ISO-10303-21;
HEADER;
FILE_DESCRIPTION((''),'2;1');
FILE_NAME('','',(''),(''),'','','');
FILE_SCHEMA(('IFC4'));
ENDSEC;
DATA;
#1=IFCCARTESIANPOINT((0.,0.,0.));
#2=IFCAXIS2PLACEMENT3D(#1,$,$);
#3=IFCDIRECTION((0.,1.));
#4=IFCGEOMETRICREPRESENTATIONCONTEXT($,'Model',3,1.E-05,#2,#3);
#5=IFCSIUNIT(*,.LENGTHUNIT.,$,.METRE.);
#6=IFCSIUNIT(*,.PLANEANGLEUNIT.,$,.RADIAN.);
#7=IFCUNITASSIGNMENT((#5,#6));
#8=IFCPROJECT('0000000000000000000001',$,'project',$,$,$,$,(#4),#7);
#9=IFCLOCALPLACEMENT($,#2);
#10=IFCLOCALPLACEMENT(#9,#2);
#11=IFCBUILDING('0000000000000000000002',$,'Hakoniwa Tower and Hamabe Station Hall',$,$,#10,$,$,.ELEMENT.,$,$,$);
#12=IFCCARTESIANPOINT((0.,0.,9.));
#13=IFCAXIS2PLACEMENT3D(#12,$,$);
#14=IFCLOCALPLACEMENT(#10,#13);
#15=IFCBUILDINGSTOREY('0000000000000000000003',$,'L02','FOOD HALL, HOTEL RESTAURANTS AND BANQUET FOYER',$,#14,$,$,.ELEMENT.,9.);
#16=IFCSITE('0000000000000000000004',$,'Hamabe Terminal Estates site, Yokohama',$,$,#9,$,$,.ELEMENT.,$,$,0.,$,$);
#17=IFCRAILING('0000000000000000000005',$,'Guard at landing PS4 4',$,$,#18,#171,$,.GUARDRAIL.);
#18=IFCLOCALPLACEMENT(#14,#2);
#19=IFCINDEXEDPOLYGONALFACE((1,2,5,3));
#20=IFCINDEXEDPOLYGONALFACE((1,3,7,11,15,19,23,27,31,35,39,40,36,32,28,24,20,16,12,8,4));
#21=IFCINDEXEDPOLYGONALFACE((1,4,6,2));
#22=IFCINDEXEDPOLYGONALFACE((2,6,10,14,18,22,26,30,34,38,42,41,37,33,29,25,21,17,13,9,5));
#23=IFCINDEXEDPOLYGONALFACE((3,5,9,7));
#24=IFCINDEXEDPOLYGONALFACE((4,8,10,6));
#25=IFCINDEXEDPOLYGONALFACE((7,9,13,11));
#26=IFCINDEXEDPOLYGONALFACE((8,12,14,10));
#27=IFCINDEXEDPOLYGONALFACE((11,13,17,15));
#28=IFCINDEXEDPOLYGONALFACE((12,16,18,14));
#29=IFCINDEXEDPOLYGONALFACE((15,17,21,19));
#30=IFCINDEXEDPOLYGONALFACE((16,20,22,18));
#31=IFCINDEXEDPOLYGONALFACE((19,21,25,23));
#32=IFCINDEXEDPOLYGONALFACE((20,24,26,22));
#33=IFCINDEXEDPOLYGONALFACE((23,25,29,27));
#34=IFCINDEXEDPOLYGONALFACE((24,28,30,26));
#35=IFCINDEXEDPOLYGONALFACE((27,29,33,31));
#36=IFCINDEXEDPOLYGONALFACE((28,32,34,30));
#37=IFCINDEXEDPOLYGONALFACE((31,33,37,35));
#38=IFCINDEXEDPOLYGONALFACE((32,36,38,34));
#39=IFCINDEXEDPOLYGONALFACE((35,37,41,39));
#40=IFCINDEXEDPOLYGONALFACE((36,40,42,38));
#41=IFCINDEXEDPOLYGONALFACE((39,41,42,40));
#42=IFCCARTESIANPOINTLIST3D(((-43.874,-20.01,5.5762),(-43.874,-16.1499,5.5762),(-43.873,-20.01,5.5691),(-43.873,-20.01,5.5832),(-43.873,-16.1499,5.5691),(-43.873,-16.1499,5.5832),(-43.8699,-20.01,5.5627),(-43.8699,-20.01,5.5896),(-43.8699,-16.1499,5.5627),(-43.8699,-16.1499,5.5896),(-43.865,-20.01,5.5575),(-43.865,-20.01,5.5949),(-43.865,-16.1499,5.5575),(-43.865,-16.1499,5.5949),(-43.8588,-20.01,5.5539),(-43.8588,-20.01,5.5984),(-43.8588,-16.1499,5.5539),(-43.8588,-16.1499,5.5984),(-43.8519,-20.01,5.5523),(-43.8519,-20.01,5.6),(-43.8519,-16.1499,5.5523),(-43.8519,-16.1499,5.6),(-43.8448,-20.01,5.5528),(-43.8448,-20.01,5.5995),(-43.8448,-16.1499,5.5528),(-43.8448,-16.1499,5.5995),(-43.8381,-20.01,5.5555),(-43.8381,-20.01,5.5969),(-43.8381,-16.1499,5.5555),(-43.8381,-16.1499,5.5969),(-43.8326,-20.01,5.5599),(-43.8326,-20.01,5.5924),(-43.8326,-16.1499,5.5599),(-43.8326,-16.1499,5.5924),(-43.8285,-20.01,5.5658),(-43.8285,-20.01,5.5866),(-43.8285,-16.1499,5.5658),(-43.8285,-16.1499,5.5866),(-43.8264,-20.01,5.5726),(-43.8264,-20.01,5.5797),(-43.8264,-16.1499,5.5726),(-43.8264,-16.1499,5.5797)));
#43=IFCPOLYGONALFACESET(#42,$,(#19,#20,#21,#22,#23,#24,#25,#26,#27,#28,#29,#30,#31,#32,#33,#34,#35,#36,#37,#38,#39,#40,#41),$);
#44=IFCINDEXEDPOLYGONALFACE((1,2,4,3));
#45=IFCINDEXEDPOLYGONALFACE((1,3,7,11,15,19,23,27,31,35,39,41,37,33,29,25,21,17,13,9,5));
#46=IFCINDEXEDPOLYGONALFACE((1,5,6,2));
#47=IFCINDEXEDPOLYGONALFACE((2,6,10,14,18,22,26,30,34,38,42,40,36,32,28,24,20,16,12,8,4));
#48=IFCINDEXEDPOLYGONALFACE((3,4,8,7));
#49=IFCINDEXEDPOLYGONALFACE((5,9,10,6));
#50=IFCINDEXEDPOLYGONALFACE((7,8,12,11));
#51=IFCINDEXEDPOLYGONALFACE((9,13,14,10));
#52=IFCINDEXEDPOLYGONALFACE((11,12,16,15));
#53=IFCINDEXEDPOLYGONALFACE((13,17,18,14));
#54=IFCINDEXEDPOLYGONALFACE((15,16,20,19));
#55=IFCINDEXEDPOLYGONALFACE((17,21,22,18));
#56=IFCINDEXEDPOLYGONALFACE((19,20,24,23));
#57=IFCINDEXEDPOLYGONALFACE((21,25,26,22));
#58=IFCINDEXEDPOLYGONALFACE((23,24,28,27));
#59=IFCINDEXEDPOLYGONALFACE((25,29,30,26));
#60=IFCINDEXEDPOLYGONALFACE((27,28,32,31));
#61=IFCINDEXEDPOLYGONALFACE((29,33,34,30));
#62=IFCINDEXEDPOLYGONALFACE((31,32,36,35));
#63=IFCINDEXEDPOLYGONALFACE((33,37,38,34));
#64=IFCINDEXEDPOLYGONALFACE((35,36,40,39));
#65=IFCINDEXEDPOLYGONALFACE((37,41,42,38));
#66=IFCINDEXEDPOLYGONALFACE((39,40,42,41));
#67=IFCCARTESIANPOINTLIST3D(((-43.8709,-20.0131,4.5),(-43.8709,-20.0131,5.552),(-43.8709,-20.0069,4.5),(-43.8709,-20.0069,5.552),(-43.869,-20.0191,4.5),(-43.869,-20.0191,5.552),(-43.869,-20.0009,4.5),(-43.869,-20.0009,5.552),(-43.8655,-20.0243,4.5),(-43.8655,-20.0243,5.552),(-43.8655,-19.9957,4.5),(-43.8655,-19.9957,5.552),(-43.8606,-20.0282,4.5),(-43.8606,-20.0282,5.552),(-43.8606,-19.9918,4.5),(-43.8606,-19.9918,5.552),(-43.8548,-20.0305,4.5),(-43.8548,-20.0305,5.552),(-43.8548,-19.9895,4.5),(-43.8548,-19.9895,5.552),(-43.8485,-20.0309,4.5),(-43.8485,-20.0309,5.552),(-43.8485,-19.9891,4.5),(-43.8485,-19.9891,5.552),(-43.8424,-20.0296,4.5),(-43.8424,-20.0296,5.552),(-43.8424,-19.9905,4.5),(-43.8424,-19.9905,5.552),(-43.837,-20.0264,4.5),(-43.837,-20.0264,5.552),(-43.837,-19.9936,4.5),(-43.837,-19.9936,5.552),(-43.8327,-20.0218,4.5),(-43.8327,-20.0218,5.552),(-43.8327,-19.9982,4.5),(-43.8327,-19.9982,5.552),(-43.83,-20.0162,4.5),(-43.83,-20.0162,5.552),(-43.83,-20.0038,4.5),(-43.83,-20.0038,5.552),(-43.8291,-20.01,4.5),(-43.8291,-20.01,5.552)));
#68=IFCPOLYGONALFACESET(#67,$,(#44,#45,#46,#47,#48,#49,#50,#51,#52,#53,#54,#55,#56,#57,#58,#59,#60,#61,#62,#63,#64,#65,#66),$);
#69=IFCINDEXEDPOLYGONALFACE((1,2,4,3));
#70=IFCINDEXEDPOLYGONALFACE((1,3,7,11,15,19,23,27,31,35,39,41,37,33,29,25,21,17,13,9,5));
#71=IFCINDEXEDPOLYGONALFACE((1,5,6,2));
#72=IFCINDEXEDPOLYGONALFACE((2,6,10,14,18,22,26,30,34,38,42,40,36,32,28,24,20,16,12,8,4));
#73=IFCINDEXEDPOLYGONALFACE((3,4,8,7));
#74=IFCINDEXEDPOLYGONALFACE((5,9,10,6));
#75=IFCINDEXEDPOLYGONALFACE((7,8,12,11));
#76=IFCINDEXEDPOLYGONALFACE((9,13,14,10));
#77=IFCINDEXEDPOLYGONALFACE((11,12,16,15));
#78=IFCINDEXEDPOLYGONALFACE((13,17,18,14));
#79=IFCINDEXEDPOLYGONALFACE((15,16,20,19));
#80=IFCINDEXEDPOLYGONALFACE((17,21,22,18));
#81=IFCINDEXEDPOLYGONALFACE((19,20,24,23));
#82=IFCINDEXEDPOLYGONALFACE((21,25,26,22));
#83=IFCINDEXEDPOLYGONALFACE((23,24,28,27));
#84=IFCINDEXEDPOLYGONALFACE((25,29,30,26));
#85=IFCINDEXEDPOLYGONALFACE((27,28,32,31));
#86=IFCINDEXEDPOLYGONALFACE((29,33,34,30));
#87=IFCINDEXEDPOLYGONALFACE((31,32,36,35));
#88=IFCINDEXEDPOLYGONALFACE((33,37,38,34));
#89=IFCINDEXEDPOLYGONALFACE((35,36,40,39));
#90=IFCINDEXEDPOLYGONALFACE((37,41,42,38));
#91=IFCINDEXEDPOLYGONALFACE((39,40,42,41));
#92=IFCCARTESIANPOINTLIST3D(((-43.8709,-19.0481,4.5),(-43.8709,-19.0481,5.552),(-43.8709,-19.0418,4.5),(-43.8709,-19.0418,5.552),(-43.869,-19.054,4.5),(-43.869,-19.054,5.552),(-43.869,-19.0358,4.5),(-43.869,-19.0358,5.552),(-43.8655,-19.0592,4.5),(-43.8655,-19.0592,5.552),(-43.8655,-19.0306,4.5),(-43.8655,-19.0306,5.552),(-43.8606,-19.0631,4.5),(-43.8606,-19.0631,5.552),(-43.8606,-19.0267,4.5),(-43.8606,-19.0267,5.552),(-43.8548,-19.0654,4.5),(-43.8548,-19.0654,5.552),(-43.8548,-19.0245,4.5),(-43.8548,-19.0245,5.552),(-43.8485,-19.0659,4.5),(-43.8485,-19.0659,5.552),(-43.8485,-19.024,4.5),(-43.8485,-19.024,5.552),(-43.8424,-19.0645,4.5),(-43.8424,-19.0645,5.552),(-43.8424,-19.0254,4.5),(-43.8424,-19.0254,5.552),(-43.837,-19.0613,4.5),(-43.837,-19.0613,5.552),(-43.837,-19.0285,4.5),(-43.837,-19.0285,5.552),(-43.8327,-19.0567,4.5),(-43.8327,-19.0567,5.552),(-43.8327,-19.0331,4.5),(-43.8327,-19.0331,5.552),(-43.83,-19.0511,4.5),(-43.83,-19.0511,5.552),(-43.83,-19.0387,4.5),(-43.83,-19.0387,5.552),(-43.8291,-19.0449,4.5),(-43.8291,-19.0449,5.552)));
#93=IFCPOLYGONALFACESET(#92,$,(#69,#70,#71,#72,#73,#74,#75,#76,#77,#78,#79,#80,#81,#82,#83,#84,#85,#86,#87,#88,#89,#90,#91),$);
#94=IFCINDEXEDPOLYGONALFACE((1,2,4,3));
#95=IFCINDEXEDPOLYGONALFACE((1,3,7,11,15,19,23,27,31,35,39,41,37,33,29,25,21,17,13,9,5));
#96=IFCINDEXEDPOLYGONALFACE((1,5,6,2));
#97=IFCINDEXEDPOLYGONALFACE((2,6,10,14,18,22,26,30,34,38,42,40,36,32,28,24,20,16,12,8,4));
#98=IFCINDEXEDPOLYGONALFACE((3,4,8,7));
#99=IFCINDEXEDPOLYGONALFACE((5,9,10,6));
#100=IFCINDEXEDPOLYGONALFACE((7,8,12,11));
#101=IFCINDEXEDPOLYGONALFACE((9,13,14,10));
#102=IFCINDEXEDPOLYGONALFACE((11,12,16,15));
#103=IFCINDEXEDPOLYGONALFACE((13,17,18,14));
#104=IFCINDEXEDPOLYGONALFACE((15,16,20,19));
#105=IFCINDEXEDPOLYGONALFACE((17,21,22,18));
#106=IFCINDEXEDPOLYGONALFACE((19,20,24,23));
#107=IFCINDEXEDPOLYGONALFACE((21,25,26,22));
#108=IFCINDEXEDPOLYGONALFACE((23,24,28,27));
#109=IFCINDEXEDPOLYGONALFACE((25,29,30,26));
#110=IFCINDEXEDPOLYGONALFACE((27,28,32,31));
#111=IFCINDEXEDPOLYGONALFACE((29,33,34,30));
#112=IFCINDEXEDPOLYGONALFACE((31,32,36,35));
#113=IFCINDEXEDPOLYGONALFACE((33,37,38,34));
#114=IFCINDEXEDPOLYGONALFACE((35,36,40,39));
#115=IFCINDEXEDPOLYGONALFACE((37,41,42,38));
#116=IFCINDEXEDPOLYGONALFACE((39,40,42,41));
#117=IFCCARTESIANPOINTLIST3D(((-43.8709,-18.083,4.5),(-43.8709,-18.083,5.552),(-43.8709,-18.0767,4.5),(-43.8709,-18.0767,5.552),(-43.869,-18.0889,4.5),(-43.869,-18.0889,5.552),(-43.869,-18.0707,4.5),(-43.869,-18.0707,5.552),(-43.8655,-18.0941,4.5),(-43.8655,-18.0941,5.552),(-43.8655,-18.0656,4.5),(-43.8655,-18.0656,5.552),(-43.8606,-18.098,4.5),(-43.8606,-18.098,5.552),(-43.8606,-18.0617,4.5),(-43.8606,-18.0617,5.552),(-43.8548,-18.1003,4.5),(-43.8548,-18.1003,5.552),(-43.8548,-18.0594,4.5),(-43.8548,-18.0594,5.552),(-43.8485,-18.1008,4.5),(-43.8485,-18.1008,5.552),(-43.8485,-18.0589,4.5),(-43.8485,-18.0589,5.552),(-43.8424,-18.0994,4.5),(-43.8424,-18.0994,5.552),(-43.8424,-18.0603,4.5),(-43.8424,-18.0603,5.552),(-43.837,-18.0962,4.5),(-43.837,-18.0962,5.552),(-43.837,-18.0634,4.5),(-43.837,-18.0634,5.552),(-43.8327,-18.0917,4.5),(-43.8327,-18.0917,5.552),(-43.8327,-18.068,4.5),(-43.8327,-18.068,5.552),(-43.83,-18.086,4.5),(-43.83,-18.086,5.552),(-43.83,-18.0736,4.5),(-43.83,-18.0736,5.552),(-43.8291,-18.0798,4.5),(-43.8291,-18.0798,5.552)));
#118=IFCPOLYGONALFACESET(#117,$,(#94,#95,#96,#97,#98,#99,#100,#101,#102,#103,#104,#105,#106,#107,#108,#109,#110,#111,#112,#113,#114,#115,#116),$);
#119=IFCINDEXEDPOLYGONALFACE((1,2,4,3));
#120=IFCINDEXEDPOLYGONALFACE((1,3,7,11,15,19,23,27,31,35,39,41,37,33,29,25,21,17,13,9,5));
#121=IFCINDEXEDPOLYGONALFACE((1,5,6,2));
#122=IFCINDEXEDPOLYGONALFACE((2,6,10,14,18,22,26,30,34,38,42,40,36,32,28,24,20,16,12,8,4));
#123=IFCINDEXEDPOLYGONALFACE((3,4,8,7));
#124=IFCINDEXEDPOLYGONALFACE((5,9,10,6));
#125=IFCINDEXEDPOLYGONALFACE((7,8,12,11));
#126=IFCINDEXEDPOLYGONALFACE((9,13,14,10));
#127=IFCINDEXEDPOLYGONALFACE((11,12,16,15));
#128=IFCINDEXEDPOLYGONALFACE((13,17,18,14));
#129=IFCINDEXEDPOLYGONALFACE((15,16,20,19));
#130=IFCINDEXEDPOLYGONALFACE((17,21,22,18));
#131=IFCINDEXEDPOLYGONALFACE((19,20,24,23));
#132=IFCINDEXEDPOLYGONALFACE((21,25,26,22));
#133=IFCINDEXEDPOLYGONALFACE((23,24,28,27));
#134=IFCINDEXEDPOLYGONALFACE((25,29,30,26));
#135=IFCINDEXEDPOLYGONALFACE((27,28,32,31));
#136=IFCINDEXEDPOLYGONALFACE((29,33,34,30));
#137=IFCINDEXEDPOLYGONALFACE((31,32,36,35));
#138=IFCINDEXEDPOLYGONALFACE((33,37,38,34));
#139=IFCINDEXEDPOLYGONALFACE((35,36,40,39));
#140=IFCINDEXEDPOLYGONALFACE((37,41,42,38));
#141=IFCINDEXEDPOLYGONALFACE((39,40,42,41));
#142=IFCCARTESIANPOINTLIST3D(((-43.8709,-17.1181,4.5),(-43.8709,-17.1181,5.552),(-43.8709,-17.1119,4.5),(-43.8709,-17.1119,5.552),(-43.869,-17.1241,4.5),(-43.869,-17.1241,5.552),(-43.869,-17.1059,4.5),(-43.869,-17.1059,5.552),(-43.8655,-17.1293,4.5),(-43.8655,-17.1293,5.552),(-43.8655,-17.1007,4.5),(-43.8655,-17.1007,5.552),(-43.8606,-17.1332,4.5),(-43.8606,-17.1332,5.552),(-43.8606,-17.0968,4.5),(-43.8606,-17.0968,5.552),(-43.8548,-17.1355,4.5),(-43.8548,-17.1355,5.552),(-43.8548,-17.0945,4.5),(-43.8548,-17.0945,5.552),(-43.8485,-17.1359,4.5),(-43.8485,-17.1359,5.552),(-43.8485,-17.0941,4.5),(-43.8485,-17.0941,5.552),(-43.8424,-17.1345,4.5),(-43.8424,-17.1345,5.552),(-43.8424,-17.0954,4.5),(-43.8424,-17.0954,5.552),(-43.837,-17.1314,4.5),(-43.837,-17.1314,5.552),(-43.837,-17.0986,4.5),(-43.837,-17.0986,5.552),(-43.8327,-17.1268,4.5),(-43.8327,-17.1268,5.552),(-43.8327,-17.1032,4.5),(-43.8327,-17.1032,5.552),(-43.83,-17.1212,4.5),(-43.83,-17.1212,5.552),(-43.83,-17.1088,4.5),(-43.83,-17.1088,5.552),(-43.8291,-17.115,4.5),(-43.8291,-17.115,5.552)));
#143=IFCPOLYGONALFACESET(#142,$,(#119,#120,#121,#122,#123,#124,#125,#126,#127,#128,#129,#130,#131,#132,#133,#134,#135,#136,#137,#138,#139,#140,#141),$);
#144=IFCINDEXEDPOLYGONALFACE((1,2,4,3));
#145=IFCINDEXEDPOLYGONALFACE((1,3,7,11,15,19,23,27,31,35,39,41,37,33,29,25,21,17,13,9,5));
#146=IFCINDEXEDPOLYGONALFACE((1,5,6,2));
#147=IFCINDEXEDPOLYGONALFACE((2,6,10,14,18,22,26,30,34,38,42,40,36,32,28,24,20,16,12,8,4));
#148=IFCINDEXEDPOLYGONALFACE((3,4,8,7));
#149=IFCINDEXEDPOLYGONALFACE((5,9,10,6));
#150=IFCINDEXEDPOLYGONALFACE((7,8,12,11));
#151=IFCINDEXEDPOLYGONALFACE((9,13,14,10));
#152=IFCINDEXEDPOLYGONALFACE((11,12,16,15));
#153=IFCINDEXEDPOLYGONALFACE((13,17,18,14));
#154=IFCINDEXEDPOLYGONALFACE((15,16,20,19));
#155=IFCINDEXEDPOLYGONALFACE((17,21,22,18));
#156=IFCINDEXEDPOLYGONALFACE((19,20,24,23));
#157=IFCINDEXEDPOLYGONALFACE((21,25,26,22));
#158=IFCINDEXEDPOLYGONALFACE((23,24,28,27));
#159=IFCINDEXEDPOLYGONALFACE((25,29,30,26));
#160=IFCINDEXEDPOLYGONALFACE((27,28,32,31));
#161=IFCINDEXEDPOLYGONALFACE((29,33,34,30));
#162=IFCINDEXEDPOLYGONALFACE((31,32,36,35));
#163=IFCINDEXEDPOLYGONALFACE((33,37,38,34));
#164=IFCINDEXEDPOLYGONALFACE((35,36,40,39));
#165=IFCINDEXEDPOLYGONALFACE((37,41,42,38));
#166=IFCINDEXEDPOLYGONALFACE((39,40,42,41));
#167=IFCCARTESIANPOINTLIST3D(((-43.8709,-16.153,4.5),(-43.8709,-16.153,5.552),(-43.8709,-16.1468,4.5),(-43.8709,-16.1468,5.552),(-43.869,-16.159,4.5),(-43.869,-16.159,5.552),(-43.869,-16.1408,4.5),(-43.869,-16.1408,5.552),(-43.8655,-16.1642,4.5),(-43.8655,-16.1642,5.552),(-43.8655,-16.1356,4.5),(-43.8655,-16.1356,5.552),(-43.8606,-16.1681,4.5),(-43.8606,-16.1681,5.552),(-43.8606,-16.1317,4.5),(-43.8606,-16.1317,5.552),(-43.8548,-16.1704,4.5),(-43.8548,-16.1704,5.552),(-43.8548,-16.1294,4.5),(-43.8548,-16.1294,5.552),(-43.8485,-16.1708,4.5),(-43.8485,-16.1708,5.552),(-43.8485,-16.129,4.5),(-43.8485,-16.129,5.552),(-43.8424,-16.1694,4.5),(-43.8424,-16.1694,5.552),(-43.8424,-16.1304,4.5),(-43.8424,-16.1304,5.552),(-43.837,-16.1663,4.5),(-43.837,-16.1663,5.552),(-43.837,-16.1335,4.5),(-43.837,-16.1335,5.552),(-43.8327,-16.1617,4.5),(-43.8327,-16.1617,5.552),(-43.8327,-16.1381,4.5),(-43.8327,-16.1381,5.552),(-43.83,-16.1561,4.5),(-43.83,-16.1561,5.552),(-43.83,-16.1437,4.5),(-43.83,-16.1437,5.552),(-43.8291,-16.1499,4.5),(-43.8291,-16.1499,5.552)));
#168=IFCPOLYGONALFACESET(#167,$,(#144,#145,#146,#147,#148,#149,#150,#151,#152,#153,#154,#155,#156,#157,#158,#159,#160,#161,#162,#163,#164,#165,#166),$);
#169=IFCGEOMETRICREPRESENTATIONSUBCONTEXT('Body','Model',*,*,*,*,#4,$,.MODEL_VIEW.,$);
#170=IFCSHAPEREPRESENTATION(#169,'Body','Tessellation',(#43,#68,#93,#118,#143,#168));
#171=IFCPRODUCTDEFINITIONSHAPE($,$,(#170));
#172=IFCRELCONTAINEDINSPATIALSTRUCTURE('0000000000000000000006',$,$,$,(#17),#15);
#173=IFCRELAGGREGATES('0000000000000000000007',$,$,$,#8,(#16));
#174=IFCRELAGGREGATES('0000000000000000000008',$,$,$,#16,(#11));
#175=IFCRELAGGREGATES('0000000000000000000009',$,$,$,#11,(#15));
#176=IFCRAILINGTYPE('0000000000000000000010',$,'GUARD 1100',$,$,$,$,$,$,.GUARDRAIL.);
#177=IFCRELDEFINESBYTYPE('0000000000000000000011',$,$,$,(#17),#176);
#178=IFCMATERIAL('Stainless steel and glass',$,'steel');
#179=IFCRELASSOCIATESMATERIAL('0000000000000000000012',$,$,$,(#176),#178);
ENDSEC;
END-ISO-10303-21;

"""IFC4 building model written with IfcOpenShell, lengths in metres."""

from ifc_helpers import new_model, si_unit, direction, frame, origin, origin_2d, place, context, subcontext, project, spatial, circle, extrude, material, type_object, element, save


model = new_model("IFC4")

# Units and contexts
model_context = context("Model", 3, precision=1e-05, world=origin(), true_north=direction((0.0, 1.0)))
body_context = subcontext(model_context, "Body", "Model", "MODEL_VIEW")
ifc_project = project(units=[si_unit("LENGTHUNIT", "METRE"), si_unit("PLANEANGLEUNIT", "RADIAN")], contexts=[model_context])

# Site, building, storey
site_placement = place(None, origin())
site = spatial("IfcSite", under=ifc_project, at=site_placement, Name="Hamabe Terminal Estates site, Yokohama", CompositionType="ELEMENT", RefElevation=0.0)
building_placement = place(site_placement, origin())
building = spatial("IfcBuilding", under=site, at=building_placement, Name="Hakoniwa Tower and Hamabe Station Hall", CompositionType="ELEMENT")
storey_placement = place(building_placement, frame((0.0, 0.0, 9.0)))
storey = spatial("IfcBuildingStorey", under=building, at=storey_placement, Name="L02", Description="FOOD HALL, HOTEL RESTAURANTS AND BANQUET FOYER", CompositionType="ELEMENT", Elevation=9.0)

# Railing
ifc_material_1 = material(Name="Stainless steel and glass", Category="steel")
railing_type_1 = type_object("IfcRailingType", Name="GUARD 1100", PredefinedType="GUARDRAIL", material=ifc_material_1)
railing_1_placement = place(storey_placement, frame((-43.8501, -20.01, 4.5)))
element("IfcRailing", 1, at=railing_1_placement, inside=storey, type_object=railing_type_1, Name="Guard at landing PS4 4", PredefinedType="GUARDRAIL", context=body_context, shape_type="SweptSolid", body=[
    extrude(circle(Radius=0.0239, at=origin_2d()), frame((0.0, 0.0, 1.0762), z_axis=(0.0, 1.0, 0.0), x_axis=(-1.0, 0.0, 0.0)), (0.0, 0.0, 1.0), 3.8601),
    extrude(circle(Radius=0.021, at=origin_2d()), origin(), (0.0, 0.0, 1.0), 1.052),
    extrude(circle(Radius=0.021, at=origin_2d()), frame((0.0, 0.9651, 0.0)), (0.0, 0.0, 1.0), 1.052),
    extrude(circle(Radius=0.021, at=origin_2d()), frame((0.0, 1.9302, 0.0)), (0.0, 0.0, 1.0), 1.052),
    extrude(circle(Radius=0.021, at=origin_2d()), frame((0.0, 2.895, 0.0)), (0.0, 0.0, 1.0), 1.052),
    extrude(circle(Radius=0.021, at=origin_2d()), frame((0.0, 3.8601, 0.0)), (0.0, 0.0, 1.0), 1.052),
])

save(model, "model.ifc")
